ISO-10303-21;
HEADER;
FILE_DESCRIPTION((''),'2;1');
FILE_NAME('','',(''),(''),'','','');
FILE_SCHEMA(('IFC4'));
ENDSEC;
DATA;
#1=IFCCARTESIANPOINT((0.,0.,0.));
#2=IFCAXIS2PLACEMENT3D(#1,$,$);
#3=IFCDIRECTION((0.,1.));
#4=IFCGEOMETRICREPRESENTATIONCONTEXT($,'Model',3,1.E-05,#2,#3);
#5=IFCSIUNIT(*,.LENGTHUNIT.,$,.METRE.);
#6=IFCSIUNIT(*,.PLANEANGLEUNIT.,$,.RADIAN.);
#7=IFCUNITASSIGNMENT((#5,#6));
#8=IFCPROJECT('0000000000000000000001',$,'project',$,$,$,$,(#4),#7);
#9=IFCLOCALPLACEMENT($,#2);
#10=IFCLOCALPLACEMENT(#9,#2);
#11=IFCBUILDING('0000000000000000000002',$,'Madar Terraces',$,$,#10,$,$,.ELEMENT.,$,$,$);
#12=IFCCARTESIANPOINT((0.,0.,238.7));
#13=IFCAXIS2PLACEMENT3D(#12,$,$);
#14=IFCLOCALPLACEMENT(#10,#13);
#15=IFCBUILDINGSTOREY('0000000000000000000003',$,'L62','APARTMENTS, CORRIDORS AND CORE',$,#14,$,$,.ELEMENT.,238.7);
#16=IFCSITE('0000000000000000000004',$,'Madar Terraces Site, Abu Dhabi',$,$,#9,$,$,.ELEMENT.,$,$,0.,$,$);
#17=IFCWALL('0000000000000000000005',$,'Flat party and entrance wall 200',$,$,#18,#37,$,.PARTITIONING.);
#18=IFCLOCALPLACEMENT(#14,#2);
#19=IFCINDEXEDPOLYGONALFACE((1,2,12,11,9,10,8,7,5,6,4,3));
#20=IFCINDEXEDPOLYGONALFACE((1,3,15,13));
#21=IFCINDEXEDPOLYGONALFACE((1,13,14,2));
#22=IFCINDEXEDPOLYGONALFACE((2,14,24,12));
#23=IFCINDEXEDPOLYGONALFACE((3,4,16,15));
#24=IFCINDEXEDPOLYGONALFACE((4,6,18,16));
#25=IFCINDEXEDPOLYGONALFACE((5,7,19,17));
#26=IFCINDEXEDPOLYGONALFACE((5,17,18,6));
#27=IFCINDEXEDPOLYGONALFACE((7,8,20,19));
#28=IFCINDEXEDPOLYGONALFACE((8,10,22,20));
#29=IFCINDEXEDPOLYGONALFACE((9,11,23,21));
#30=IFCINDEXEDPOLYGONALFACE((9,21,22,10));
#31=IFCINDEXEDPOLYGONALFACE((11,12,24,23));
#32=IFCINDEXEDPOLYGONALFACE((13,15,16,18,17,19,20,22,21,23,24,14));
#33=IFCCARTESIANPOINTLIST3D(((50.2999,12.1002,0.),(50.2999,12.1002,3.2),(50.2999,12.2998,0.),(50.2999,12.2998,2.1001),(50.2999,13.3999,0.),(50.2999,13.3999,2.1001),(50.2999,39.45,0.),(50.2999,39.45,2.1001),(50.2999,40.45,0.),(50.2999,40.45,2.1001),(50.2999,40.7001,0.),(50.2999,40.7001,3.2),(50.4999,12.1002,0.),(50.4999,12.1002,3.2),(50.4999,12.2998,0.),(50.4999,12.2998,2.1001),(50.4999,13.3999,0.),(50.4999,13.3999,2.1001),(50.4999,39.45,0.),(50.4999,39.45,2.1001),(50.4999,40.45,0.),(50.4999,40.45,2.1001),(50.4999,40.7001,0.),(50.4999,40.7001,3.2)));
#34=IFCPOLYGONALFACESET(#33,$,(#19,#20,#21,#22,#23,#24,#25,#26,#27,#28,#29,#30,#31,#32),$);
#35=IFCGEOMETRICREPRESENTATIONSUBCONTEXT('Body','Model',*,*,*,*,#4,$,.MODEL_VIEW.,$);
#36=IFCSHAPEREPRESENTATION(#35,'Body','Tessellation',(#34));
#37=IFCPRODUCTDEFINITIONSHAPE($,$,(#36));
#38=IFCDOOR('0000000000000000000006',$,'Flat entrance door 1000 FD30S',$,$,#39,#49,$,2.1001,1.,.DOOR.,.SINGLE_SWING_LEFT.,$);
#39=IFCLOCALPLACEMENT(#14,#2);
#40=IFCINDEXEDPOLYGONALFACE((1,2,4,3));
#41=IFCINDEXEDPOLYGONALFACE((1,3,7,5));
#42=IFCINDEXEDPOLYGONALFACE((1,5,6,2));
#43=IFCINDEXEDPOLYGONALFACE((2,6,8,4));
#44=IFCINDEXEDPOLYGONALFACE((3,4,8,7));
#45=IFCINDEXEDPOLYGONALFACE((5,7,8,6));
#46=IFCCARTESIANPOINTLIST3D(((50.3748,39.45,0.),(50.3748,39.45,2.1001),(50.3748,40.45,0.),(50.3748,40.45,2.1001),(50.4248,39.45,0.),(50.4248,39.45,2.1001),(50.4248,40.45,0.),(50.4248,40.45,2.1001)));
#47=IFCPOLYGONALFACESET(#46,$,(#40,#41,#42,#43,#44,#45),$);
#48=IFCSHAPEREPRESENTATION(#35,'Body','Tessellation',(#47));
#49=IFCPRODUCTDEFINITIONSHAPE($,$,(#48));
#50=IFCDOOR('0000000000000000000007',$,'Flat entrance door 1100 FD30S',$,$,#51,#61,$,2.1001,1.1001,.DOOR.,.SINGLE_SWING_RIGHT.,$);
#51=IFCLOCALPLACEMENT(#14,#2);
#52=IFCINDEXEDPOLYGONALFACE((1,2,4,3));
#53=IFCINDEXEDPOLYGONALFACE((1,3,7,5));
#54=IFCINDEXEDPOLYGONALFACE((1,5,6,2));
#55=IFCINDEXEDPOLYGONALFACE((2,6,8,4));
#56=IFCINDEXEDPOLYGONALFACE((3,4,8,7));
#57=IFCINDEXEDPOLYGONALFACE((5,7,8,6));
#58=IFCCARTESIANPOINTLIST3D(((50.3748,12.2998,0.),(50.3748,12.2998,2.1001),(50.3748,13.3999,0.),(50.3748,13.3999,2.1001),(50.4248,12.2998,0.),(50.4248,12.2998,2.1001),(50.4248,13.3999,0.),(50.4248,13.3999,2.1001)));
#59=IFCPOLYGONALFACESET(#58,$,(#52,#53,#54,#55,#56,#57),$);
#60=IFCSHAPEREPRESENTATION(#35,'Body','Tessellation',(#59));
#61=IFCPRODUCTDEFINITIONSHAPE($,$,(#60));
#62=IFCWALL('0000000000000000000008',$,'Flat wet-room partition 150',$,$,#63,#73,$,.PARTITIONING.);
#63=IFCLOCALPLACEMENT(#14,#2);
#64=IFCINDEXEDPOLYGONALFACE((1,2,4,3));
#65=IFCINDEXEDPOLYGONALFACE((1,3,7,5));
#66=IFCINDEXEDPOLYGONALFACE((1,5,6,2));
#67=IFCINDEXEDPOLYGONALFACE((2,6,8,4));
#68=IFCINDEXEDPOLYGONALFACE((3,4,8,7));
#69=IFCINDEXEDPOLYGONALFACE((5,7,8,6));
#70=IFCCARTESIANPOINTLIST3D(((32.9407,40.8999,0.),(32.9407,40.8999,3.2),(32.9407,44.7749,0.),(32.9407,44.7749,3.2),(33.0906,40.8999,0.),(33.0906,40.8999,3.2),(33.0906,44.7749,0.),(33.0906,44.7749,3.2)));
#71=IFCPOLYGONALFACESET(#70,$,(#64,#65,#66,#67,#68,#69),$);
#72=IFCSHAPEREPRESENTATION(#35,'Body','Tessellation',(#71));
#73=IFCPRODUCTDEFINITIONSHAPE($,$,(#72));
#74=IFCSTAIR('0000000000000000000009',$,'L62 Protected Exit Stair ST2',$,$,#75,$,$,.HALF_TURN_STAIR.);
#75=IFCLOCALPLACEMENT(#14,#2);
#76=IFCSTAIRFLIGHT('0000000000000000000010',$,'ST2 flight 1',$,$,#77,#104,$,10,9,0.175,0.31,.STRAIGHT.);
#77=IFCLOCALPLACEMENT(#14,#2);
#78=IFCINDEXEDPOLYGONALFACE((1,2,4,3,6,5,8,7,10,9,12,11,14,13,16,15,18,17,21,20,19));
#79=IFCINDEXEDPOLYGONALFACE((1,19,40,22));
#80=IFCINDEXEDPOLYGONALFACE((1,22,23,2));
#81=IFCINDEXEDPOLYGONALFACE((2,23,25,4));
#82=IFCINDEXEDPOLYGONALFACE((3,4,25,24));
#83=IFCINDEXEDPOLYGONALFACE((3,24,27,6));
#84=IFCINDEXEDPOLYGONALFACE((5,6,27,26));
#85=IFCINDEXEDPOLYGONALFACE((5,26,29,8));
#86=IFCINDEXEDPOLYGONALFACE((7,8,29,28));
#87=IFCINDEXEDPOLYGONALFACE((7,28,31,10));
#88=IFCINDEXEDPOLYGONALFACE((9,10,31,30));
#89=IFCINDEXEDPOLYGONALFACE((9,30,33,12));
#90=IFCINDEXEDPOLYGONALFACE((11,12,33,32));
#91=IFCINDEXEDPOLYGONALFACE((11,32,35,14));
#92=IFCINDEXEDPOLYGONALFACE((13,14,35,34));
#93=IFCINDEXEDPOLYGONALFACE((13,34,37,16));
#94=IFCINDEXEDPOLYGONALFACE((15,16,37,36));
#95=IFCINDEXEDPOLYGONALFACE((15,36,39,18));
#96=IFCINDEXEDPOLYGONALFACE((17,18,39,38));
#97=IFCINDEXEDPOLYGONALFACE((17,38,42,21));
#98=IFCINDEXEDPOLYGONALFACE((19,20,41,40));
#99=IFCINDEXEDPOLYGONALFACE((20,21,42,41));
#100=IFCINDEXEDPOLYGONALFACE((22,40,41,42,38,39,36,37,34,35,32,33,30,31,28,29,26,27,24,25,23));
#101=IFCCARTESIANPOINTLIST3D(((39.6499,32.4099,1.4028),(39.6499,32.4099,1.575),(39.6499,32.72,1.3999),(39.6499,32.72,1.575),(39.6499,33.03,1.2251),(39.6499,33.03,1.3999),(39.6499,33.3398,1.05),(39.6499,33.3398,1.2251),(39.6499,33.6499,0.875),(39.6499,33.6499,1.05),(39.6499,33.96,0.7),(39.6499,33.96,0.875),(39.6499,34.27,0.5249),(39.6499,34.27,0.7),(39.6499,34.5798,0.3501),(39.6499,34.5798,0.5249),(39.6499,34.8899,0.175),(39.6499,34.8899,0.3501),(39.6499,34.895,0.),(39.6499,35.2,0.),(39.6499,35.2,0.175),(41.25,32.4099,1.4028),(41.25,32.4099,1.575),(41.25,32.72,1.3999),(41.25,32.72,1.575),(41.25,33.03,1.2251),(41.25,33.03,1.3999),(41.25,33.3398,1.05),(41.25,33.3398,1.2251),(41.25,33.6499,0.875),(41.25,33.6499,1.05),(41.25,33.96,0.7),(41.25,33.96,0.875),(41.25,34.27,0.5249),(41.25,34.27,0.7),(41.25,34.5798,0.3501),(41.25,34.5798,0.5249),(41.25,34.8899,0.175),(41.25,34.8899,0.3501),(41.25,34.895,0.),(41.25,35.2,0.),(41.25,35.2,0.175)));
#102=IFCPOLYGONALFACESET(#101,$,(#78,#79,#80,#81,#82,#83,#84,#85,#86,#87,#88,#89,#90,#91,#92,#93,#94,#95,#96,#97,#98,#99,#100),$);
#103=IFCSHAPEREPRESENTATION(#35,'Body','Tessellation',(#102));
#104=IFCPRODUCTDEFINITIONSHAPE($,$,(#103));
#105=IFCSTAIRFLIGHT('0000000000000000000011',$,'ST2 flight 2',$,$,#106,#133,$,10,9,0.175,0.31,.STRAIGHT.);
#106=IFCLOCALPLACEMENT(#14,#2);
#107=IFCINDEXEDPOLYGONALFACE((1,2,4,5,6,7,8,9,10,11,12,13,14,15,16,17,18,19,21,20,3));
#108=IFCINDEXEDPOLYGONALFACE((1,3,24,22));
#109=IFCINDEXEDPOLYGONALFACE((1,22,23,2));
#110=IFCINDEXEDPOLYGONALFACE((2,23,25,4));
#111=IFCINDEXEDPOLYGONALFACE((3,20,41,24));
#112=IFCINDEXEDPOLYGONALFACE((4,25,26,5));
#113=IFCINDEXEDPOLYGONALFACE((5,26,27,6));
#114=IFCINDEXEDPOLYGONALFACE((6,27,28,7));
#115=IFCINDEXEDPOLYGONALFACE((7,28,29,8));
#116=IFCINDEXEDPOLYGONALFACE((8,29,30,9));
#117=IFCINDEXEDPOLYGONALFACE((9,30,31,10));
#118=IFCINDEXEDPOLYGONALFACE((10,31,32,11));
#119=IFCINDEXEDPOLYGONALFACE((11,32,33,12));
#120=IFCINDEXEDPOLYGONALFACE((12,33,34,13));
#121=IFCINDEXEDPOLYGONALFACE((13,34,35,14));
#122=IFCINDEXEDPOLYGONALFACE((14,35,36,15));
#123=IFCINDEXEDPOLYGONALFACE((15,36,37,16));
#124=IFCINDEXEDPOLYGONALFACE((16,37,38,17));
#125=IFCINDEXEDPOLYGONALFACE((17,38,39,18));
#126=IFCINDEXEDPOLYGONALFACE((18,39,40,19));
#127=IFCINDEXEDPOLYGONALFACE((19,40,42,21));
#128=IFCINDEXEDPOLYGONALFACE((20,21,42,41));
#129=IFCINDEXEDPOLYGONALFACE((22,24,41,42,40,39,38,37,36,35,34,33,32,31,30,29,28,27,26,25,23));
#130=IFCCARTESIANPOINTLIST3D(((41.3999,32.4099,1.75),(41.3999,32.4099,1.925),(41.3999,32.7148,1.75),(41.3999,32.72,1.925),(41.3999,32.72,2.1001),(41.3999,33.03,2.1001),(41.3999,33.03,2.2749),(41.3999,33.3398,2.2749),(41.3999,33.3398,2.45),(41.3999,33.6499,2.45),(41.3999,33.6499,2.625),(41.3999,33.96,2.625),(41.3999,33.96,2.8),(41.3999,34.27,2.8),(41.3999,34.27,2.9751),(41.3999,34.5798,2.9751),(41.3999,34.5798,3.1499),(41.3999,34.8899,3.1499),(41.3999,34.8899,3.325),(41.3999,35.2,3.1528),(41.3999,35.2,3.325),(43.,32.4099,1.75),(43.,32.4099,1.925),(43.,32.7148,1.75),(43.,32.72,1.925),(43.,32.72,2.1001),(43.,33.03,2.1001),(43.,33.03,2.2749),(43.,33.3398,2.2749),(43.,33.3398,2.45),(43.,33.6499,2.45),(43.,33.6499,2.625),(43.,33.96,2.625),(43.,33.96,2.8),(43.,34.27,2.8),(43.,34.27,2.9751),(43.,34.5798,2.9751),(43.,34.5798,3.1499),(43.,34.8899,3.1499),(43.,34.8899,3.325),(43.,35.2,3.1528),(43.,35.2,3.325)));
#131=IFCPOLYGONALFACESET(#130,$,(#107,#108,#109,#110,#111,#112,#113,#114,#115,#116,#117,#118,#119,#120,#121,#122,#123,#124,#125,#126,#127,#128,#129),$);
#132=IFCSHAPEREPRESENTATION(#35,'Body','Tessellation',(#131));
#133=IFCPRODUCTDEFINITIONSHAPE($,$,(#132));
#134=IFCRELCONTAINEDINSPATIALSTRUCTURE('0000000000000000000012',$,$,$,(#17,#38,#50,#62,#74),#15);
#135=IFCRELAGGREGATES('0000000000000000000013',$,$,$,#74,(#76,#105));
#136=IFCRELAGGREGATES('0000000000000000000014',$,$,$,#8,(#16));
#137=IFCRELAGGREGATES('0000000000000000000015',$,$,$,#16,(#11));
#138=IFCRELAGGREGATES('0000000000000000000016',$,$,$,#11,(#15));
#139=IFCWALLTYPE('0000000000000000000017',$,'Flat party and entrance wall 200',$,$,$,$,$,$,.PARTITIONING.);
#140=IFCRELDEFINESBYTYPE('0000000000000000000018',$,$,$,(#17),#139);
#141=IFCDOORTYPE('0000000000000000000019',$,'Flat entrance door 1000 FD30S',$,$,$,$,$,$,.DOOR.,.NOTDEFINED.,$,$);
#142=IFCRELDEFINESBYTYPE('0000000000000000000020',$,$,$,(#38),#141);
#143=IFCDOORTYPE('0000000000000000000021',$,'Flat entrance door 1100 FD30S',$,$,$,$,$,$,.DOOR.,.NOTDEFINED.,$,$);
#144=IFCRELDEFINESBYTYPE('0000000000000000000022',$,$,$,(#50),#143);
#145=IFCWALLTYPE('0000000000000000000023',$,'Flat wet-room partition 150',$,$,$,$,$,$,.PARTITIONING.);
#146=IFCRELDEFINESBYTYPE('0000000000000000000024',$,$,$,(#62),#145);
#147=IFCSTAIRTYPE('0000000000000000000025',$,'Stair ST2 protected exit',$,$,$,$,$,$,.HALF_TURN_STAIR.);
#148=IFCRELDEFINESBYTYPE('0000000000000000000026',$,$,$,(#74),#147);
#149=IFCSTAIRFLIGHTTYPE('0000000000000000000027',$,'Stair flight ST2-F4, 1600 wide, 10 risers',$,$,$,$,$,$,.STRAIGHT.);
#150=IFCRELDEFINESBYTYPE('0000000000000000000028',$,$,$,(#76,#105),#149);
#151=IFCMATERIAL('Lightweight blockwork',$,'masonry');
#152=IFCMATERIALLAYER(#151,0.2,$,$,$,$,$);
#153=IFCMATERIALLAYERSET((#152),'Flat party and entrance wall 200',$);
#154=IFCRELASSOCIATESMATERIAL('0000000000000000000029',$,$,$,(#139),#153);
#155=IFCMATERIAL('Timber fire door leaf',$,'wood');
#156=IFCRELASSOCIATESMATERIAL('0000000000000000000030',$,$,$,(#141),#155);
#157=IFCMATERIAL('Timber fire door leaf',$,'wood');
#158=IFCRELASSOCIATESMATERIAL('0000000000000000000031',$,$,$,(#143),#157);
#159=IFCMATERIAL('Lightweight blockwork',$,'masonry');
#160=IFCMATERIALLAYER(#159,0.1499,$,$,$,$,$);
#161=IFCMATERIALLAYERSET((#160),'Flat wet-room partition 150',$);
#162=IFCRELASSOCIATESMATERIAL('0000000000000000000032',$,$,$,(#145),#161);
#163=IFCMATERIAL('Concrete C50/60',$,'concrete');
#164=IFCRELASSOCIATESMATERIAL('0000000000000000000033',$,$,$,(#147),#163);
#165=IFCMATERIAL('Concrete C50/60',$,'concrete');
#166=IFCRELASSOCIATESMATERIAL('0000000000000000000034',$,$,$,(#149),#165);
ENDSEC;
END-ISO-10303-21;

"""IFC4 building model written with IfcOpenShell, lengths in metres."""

from ifc_helpers import new_model, si_unit, direction, frame, frame_2d, origin, place, context, subcontext, project, spatial, polyline, rectangle, outline, extrude, material, layer, layer_set, type_object, element, fill, aggregate, save


model = new_model("IFC4")

# Units and contexts
model_context = context("Model", 3, precision=1e-05, world=origin(), true_north=direction((0.0, 1.0)))
body_context = subcontext(model_context, "Body", "Model", "MODEL_VIEW")
ifc_project = project(units=[si_unit("LENGTHUNIT", "METRE"), si_unit("PLANEANGLEUNIT", "RADIAN")], contexts=[model_context])

# Site, building, storey
site_placement = place(None, origin())
site = spatial("IfcSite", under=ifc_project, at=site_placement, Name="Madar Terraces Site, Abu Dhabi", CompositionType="ELEMENT", RefElevation=0.0)
building_placement = place(site_placement, origin())
building = spatial("IfcBuilding", under=site, at=building_placement, Name="Madar Terraces", CompositionType="ELEMENT")
storey_placement = place(building_placement, frame((0.0, 0.0, 238.7)))
storey = spatial("IfcBuildingStorey", under=building, at=storey_placement, Name="L62", Description="APARTMENTS, CORRIDORS AND CORE", CompositionType="ELEMENT", Elevation=238.7)

# Wall, openings, doors
ifc_material_1 = material(Name="Lightweight blockwork", Category="masonry")
ifc_layer_1 = layer(ifc_material_1, 0.2)
ifc_layer_set_1 = layer_set([ifc_layer_1], Name="Flat party and entrance wall 200")
wall_type_1 = type_object("IfcWallType", Name="Flat party and entrance wall 200", PredefinedType="PARTITIONING", material=ifc_layer_set_1)
wall_1_placement = place(storey_placement, frame((50.3999, 40.7, 0.0), z_axis=(0.0, 0.0, 1.0), x_axis=(0.0, -1.0, 0.0)))
wall_1 = element("IfcWall", 1, at=wall_1_placement, inside=storey, type_object=wall_type_1, Name="Flat party and entrance wall 200", PredefinedType="PARTITIONING", context=body_context, shape_type="SweptSolid", body=[
    extrude(rectangle(XDim=28.5999, YDim=0.2, at=frame_2d((14.2998, 0.0))), origin(), (0.0, 0.0, 1.0), 3.2),
])
opening_1_placement = place(wall_1_placement, frame((27.3, 0.0, 0.0)))
opening_1 = element("IfcOpeningElement", 2, at=opening_1_placement, cuts=wall_1, PredefinedType="OPENING", context=body_context, shape_type="SweptSolid", body=[
    extrude(rectangle(XDim=1.1001, YDim=2.1001, at=frame_2d((0.55, 1.05))), frame((0.0, 0.1099, 0.0), z_axis=(0.0, -1.0, 0.0), x_axis=(1.0, 0.0, 0.0)), (0.0, 0.0, 1.0), 0.22),
])
opening_2_placement = place(wall_1_placement, frame((0.25, 0.0, 0.0)))
opening_2 = element("IfcOpeningElement", 3, at=opening_2_placement, cuts=wall_1, PredefinedType="OPENING", context=body_context, shape_type="SweptSolid", body=[
    extrude(rectangle(XDim=1.0, YDim=2.1001, at=frame_2d((0.5, 1.05))), frame((0.0, 0.1099, 0.0), z_axis=(0.0, -1.0, 0.0), x_axis=(1.0, 0.0, 0.0)), (0.0, 0.0, 1.0), 0.22),
])
ifc_material_2 = material(Name="Timber fire door leaf", Category="wood")
door_type_1 = type_object("IfcDoorType", Name="Flat entrance door 1000 FD30S", OperationType="NOTDEFINED", PredefinedType="DOOR", material=ifc_material_2)
door_1_placement = place(opening_2_placement, origin())
door_1 = element("IfcDoor", 4, at=door_1_placement, inside=storey, type_object=door_type_1, Name="Flat entrance door 1000 FD30S", OperationType="SINGLE_SWING_LEFT", OverallHeight=2.1001, OverallWidth=1.0, PredefinedType="DOOR", context=body_context, shape_type="SweptSolid", body=[
    extrude(rectangle(XDim=1.0, YDim=2.1001, at=frame_2d((0.5, 1.05))), frame((0.0, 0.0249, 0.0), z_axis=(0.0, -1.0, 0.0), x_axis=(1.0, 0.0, 0.0)), (0.0, 0.0, 1.0), 0.05),
])
fill(opening_2, door_1)
ifc_material_3 = material(Name="Timber fire door leaf", Category="wood")
door_type_2 = type_object("IfcDoorType", Name="Flat entrance door 1100 FD30S", OperationType="NOTDEFINED", PredefinedType="DOOR", material=ifc_material_3)
door_2_placement = place(opening_1_placement, origin())
door_2 = element("IfcDoor", 5, at=door_2_placement, inside=storey, type_object=door_type_2, Name="Flat entrance door 1100 FD30S", OperationType="SINGLE_SWING_RIGHT", OverallHeight=2.1001, OverallWidth=1.1001, PredefinedType="DOOR", context=body_context, shape_type="SweptSolid", body=[
    extrude(rectangle(XDim=1.1001, YDim=2.1001, at=frame_2d((0.55, 1.05))), frame((0.0, 0.0249, 0.0), z_axis=(0.0, -1.0, 0.0), x_axis=(1.0, 0.0, 0.0)), (0.0, 0.0, 1.0), 0.05),
])
fill(opening_1, door_2)

# Wall
ifc_material_4 = material(Name="Lightweight blockwork", Category="masonry")
ifc_layer_2 = layer(ifc_material_4, 0.1499)
ifc_layer_set_2 = layer_set([ifc_layer_2], Name="Flat wet-room partition 150")
wall_type_2 = type_object("IfcWallType", Name="Flat wet-room partition 150", PredefinedType="PARTITIONING", material=ifc_layer_set_2)
wall_2_placement = place(storey_placement, frame((33.0156, 40.8999, 0.0), z_axis=(0.0, 0.0, 1.0), x_axis=(0.0, 1.0, 0.0)))
element("IfcWall", 6, at=wall_2_placement, inside=storey, type_object=wall_type_2, Name="Flat wet-room partition 150", PredefinedType="PARTITIONING", context=body_context, shape_type="SweptSolid", body=[
    extrude(rectangle(XDim=3.875, YDim=0.1499, at=frame_2d((1.9375, 0.0))), origin(), (0.0, 0.0, 1.0), 3.2),
])

# Stair, stair flights
ifc_material_5 = material(Name="Concrete C50/60", Category="concrete")
stair_type = type_object("IfcStairType", Name="Stair ST2 protected exit", PredefinedType="HALF_TURN_STAIR", material=ifc_material_5)
stair_placement = place(storey_placement, origin())
stair = element("IfcStair", 7, at=stair_placement, inside=storey, type_object=stair_type, Name="L62 Protected Exit Stair ST2", PredefinedType="HALF_TURN_STAIR")
ifc_material_6 = material(Name="Concrete C50/60", Category="concrete")
stair_flight_type = type_object("IfcStairFlightType", Name="Stair flight ST2-F4, 1600 wide, 10 risers", PredefinedType="STRAIGHT", material=ifc_material_6)
stair_flight_1_placement = place(storey_placement, frame((40.45, 35.2, 0.0), z_axis=(0.0, 0.0, 1.0), x_axis=(0.0, -1.0, 0.0)))
stair_flight_1 = element("IfcStairFlight", 8, at=stair_flight_1_placement, type_object=stair_flight_type, Name="ST2 flight 1", NumberOfRisers=10, NumberOfTreads=9, PredefinedType="STRAIGHT", RiserHeight=0.175, TreadLength=0.31, context=body_context, shape_type="SweptSolid", body=[
    extrude(outline(polyline([(0.0, 0.0), (0.0, 0.175), (0.3101, 0.175), (0.3101, 0.3501), (0.6201, 0.3501), (0.6201, 0.5249), (0.9299, 0.5249), (0.9299, 0.7), (1.24, 0.7), (1.24, 0.875), (1.55, 0.875), (1.55, 1.05), (1.8601, 1.05), (1.8601, 1.2251), (2.1699, 1.2251), (2.1699, 1.3999), (2.48, 1.3999), (2.48, 1.575), (2.79, 1.575), (2.79, 1.75), (2.79, 1.4028), (0.3049, 0.0), (0.0, 0.0)])), frame((0.0, 0.8, 0.0), z_axis=(0.0, -1.0, 0.0), x_axis=(1.0, 0.0, 0.0)), (0.0, 0.0, 1.0), 1.6001),
])
stair_flight_2_placement = place(storey_placement, frame((42.2, 32.4099, 1.75), z_axis=(0.0, 0.0, 1.0), x_axis=(0.0, 1.0, 0.0)))
stair_flight_2 = element("IfcStairFlight", 9, at=stair_flight_2_placement, type_object=stair_flight_type, Name="ST2 flight 2", NumberOfRisers=10, NumberOfTreads=9, PredefinedType="STRAIGHT", RiserHeight=0.175, TreadLength=0.31, context=body_context, shape_type="SweptSolid", body=[
    extrude(outline(polyline([(0.0, 0.0), (0.0, 0.175), (0.3101, 0.175), (0.3101, 0.3501), (0.6201, 0.3501), (0.6201, 0.5249), (0.9299, 0.5249), (0.9299, 0.7), (1.24, 0.7), (1.24, 0.875), (1.55, 0.875), (1.55, 1.05), (1.8601, 1.05), (1.8601, 1.2251), (2.1699, 1.2251), (2.1699, 1.3999), (2.48, 1.3999), (2.48, 1.575), (2.79, 1.575), (2.79, 1.75), (2.79, 1.4028), (0.3049, 0.0), (0.0, 0.0)])), frame((0.0, 0.8, 0.0), z_axis=(0.0, -1.0, 0.0), x_axis=(1.0, 0.0, 0.0)), (0.0, 0.0, 1.0), 1.6001),
])
aggregate(stair, [stair_flight_1, stair_flight_2])

save(model, "model.ifc")
